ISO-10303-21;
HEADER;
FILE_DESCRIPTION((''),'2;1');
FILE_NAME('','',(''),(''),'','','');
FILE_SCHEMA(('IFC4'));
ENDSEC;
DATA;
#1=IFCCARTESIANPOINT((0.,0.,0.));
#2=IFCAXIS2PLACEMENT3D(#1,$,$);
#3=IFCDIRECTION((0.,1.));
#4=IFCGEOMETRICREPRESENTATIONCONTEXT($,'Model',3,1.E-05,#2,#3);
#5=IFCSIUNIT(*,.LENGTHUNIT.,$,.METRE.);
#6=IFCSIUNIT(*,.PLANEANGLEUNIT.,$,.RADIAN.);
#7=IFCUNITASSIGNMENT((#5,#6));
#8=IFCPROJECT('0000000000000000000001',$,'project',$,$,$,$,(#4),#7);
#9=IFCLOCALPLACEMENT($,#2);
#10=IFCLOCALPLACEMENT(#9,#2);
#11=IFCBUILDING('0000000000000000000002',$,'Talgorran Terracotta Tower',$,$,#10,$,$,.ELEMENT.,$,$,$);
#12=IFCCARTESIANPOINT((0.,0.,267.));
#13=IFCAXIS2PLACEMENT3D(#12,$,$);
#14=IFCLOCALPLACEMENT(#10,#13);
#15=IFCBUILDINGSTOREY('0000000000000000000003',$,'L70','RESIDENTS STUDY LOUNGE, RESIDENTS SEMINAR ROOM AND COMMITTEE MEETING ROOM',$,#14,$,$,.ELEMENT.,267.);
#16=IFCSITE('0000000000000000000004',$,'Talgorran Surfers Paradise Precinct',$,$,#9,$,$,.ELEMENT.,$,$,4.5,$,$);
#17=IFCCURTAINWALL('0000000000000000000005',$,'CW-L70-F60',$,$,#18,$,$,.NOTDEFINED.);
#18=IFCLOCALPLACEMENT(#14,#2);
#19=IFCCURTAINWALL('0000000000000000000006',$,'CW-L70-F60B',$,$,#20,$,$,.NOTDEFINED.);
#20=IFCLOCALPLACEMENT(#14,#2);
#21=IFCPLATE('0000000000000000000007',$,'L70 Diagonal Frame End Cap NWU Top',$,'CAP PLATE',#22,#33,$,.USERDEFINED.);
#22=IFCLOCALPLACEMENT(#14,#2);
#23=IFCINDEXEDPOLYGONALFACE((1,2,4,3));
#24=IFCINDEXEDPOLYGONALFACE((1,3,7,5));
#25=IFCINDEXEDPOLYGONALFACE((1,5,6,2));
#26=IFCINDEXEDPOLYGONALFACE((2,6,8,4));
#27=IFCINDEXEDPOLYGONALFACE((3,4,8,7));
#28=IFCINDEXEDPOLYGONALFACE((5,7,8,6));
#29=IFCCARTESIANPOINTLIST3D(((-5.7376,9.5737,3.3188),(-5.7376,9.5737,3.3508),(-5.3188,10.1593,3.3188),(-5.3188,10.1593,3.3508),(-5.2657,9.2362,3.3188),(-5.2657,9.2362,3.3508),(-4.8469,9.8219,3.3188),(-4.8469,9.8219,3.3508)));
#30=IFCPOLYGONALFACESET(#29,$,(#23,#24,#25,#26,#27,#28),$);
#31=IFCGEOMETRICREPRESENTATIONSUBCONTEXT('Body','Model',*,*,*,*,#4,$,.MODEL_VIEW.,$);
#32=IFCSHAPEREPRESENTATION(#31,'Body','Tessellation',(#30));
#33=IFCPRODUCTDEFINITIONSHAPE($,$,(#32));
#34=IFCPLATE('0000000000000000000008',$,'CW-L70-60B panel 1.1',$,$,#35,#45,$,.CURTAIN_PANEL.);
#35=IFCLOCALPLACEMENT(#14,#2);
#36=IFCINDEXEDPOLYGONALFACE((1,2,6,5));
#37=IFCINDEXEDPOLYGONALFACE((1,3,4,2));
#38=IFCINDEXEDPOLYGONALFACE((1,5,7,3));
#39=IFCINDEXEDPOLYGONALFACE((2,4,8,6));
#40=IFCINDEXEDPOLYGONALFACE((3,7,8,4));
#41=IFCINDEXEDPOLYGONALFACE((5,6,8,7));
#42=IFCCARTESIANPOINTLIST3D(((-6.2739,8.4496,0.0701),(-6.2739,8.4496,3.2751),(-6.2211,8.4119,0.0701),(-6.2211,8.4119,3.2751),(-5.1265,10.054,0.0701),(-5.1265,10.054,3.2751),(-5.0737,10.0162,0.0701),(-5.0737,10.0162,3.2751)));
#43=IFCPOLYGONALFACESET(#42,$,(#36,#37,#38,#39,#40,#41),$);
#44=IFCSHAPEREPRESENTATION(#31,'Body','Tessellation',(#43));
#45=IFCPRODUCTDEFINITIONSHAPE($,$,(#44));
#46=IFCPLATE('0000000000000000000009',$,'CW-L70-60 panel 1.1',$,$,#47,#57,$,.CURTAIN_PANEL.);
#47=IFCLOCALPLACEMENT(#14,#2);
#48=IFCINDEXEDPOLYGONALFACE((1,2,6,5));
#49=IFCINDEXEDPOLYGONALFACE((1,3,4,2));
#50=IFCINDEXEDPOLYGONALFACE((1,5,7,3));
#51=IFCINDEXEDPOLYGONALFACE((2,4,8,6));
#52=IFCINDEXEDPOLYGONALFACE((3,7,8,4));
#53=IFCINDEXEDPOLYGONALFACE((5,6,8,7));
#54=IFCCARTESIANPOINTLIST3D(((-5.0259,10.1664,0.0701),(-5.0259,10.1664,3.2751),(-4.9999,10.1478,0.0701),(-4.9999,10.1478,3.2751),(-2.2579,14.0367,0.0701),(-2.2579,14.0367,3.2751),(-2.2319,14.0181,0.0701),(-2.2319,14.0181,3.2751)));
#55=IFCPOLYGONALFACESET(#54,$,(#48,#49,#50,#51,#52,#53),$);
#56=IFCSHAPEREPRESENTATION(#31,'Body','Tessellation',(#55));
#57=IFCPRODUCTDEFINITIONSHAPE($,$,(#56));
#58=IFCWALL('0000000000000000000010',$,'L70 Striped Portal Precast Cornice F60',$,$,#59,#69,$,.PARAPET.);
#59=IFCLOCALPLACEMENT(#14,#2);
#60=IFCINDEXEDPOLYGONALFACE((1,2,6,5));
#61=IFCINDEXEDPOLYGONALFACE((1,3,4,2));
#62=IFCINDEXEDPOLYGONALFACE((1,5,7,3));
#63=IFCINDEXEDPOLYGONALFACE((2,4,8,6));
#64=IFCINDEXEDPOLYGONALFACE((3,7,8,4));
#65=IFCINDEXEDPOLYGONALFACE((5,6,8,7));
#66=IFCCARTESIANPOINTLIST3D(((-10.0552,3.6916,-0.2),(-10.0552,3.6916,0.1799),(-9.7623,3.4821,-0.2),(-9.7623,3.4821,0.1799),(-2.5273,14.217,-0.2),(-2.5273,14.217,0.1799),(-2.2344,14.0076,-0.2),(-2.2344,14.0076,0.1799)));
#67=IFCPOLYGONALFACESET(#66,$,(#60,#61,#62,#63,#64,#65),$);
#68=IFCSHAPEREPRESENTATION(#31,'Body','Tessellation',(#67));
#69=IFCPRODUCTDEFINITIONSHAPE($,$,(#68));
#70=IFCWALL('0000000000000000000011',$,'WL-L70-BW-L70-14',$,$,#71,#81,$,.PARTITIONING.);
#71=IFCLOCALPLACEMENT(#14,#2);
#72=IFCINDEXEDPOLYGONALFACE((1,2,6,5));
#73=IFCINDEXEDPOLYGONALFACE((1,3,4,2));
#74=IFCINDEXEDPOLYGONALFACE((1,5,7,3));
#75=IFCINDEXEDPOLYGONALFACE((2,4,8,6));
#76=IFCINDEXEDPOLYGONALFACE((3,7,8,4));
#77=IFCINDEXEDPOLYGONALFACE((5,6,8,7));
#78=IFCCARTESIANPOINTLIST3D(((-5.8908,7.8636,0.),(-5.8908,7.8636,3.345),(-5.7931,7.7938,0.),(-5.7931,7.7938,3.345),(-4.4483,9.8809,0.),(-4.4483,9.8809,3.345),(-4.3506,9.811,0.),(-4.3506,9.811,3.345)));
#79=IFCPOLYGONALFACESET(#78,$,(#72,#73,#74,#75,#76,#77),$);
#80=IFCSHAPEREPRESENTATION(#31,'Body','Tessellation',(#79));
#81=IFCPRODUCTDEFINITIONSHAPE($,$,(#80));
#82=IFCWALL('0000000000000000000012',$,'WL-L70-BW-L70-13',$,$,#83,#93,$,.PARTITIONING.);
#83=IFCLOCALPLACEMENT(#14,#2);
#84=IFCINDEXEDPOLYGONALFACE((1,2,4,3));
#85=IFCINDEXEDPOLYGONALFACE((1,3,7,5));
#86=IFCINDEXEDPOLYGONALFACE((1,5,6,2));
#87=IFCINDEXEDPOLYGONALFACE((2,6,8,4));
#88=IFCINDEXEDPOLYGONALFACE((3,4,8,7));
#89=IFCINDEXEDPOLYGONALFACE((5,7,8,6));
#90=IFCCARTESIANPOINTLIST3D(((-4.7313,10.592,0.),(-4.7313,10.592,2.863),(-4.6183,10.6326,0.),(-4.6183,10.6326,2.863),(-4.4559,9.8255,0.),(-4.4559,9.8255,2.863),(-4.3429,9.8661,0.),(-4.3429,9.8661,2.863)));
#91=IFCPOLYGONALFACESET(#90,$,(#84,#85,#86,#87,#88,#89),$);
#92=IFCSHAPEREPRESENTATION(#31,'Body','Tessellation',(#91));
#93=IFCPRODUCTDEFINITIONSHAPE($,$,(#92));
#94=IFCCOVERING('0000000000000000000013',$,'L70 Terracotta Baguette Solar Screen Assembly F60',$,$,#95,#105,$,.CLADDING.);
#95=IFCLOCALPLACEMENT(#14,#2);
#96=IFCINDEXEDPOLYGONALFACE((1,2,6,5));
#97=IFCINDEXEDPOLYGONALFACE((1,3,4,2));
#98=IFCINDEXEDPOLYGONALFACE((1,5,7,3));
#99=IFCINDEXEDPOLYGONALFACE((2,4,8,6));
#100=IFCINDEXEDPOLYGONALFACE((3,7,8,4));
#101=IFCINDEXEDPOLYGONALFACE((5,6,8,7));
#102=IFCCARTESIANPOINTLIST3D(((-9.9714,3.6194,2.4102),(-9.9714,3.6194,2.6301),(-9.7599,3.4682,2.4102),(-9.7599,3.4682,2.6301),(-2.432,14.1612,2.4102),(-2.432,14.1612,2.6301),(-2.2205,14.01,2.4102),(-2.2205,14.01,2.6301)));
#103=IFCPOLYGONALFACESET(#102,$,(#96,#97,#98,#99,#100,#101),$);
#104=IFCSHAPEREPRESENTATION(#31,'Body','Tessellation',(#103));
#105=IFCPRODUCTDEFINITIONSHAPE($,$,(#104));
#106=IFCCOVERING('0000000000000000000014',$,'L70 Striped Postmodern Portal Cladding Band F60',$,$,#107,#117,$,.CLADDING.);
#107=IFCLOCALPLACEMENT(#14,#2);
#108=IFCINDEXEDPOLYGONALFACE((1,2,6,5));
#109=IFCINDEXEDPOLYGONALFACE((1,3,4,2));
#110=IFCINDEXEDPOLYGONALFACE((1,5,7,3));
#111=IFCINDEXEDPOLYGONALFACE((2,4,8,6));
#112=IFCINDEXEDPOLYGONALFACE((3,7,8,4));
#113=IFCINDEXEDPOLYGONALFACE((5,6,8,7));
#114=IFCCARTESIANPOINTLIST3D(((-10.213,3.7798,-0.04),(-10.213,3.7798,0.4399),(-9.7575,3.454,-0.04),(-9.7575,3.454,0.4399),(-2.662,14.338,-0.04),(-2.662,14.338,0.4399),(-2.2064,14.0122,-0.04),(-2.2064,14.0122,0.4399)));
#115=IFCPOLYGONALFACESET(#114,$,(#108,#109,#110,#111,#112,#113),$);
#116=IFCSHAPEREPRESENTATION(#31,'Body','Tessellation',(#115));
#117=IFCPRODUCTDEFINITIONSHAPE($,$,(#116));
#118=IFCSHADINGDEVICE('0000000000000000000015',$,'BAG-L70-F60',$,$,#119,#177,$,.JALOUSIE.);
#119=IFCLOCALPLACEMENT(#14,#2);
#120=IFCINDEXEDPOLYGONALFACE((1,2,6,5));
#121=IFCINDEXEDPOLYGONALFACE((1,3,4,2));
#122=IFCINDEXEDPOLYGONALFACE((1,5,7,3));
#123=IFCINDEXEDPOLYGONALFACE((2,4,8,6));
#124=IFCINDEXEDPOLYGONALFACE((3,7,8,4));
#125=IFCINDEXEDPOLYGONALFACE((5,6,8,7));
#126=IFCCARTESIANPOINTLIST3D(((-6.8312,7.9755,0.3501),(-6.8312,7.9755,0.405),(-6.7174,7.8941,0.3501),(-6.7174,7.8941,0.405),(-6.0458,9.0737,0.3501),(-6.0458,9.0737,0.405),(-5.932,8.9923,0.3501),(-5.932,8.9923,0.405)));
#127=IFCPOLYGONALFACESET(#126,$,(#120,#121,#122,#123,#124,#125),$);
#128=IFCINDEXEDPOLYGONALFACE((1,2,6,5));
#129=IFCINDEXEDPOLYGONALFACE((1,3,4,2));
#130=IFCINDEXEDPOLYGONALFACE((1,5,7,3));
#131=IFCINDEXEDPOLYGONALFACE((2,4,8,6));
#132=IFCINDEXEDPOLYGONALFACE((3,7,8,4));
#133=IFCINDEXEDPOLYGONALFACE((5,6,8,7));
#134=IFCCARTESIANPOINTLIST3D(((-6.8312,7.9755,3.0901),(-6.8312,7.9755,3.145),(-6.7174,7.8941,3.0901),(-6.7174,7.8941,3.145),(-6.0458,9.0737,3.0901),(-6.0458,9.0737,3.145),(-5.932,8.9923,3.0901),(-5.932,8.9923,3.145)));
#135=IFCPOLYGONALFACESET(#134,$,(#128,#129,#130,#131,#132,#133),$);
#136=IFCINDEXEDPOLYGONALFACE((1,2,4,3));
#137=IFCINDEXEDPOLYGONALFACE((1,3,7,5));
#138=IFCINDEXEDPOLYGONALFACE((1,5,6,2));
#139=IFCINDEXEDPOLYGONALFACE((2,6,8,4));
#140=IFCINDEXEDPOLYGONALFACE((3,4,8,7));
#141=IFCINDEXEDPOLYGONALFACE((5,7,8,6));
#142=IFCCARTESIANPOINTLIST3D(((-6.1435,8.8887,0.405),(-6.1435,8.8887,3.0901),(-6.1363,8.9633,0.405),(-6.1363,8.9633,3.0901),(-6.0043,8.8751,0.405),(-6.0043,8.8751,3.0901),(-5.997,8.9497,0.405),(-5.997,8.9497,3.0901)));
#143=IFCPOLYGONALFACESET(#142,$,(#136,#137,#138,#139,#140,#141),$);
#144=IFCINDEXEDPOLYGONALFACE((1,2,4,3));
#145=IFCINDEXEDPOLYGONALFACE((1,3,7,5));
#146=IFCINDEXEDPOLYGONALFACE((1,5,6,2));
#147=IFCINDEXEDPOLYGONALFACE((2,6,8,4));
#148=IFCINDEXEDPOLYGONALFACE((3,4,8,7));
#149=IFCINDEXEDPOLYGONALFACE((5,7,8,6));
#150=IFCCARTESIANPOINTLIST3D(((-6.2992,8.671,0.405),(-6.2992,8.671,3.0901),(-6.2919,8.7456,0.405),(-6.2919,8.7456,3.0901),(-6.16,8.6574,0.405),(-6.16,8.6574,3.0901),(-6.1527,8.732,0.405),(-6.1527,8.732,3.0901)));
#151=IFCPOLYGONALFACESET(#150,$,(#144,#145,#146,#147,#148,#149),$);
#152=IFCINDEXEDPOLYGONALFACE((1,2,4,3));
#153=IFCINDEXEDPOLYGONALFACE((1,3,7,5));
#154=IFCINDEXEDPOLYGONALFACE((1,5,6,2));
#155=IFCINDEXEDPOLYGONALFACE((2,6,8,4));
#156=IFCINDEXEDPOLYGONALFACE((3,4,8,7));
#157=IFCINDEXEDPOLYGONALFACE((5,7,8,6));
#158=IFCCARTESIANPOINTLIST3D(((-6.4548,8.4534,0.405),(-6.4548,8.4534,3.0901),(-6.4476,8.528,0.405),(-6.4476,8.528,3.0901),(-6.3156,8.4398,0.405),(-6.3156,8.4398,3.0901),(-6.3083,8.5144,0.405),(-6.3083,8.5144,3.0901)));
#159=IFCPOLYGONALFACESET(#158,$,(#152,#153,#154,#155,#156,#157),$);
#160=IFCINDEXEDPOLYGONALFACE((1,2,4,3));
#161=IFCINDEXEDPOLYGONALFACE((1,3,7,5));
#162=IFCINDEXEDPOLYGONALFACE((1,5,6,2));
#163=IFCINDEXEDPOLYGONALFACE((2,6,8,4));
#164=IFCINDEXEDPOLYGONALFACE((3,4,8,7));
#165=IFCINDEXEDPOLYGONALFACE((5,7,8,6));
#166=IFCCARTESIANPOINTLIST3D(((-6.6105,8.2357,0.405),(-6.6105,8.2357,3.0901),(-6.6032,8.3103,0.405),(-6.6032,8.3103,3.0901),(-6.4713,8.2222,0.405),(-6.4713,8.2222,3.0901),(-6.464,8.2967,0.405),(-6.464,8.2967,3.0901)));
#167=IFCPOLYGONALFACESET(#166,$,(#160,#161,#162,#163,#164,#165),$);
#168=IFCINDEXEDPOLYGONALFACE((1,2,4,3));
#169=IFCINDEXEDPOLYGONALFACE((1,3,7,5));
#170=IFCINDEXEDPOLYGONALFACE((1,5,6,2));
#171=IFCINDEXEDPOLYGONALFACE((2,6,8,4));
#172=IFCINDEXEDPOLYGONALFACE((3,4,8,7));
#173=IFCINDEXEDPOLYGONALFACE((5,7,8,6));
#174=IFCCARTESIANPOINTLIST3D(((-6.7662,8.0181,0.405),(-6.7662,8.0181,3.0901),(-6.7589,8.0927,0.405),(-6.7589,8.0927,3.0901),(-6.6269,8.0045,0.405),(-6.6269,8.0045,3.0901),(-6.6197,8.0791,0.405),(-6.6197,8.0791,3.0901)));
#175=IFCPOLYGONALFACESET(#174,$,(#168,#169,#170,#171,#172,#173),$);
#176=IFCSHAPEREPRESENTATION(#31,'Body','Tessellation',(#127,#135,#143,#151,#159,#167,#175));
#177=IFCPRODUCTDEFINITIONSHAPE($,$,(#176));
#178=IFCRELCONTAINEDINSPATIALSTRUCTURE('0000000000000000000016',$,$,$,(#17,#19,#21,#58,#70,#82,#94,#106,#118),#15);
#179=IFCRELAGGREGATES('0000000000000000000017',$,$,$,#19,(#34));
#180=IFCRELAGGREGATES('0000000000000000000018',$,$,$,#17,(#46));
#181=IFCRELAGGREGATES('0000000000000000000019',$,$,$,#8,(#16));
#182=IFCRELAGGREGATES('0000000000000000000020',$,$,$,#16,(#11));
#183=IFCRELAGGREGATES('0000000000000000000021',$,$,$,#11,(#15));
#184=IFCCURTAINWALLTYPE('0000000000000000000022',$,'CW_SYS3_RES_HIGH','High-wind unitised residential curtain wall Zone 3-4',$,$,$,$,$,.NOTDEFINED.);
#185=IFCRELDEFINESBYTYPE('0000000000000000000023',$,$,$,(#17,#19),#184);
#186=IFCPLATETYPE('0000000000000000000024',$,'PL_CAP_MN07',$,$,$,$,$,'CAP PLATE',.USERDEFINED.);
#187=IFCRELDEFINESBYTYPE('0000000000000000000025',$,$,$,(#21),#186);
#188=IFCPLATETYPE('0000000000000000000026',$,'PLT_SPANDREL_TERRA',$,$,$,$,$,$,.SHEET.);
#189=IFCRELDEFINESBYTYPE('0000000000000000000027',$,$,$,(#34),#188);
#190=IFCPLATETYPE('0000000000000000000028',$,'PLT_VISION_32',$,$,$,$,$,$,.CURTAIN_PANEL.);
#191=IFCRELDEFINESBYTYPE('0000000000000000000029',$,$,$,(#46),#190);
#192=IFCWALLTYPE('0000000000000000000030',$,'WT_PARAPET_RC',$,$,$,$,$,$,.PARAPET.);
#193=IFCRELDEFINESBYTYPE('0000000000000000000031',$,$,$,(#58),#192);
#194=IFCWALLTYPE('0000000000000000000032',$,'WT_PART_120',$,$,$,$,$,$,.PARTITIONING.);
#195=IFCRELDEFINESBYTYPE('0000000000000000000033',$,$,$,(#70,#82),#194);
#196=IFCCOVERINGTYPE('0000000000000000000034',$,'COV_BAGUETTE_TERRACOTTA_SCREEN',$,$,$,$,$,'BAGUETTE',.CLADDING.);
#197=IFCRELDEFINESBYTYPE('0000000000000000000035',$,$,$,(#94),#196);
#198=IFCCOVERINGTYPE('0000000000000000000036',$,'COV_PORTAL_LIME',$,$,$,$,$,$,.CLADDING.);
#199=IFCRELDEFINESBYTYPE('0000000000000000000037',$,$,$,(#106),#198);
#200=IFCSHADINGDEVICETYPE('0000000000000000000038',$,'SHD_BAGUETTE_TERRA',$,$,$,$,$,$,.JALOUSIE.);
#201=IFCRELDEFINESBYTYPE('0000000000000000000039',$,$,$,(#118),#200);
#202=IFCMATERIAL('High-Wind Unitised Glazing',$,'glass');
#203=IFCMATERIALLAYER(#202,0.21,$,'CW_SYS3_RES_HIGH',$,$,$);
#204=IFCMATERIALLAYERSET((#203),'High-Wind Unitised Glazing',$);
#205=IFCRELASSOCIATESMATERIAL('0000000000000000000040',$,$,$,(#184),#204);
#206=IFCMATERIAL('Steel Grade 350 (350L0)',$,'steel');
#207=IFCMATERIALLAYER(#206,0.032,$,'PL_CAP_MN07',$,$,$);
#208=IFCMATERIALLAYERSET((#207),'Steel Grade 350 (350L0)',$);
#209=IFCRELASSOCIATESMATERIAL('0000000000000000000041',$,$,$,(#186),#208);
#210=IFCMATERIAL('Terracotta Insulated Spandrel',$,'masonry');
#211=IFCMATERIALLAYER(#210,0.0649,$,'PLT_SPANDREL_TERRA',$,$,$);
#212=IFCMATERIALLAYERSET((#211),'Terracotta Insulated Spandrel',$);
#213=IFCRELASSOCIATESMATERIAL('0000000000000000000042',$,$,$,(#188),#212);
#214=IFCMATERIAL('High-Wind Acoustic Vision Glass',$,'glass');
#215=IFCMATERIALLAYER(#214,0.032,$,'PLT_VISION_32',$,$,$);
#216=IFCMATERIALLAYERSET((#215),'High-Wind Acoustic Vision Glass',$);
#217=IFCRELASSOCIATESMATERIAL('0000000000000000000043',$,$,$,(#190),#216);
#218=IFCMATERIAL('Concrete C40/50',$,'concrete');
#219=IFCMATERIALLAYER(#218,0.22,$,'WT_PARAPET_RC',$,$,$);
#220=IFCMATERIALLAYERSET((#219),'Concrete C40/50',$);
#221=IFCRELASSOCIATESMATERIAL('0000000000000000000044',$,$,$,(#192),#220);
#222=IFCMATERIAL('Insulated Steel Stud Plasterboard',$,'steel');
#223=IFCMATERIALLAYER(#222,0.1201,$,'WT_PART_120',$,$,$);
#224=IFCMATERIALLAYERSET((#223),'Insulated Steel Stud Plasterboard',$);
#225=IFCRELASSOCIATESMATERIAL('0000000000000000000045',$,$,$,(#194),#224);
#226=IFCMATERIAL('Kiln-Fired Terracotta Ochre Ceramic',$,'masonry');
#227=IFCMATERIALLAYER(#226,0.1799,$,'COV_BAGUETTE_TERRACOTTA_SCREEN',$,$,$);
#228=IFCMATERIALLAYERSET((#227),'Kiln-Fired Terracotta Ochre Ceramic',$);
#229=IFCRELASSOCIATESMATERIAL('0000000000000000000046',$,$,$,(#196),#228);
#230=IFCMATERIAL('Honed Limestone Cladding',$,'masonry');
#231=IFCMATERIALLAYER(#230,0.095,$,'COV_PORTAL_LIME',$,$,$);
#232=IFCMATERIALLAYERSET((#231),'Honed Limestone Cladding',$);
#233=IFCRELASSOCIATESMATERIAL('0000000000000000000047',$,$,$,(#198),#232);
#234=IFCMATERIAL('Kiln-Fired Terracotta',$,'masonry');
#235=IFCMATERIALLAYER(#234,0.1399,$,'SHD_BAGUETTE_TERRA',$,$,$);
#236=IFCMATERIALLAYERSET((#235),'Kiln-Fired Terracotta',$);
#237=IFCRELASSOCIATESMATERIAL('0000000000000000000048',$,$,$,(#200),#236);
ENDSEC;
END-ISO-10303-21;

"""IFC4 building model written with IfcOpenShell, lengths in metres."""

from ifc_helpers import new_model, si_unit, direction, frame, frame_2d, origin, origin_2d, place, context, subcontext, project, spatial, rectangle, extrude, source, transform, mapped, material, layer, layer_set, type_object, type_shapes, element, aggregate, save


model = new_model("IFC4")

# Units and contexts
model_context = context("Model", 3, precision=1e-05, world=origin(), true_north=direction((0.0, 1.0)))
body_context = subcontext(model_context, "Body", "Model", "MODEL_VIEW")
ifc_project = project(units=[si_unit("LENGTHUNIT", "METRE"), si_unit("PLANEANGLEUNIT", "RADIAN")], contexts=[model_context])

# Site, building, storey
site_placement = place(None, origin())
site = spatial("IfcSite", under=ifc_project, at=site_placement, Name="Talgorran Surfers Paradise Precinct", CompositionType="ELEMENT", RefElevation=4.5)
building_placement = place(site_placement, origin())
building = spatial("IfcBuilding", under=site, at=building_placement, Name="Talgorran Terracotta Tower", CompositionType="ELEMENT")
storey_placement = place(building_placement, frame((0.0, 0.0, 267.0)))
storey = spatial("IfcBuildingStorey", under=building, at=storey_placement, Name="L70", Description="RESIDENTS STUDY LOUNGE, RESIDENTS SEMINAR ROOM AND COMMITTEE MEETING ROOM", CompositionType="ELEMENT", Elevation=267.0)

# Shared definitions
ifc_material_1 = material(Name="Steel Grade 350 (350L0)", Category="steel")

# Shared definitions
ifc_material_2 = material(Name="High-Wind Unitised Glazing", Category="glass")
ifc_layer_1 = layer(ifc_material_2, 0.21, Name="CW_SYS3_RES_HIGH")
ifc_layer_set_1 = layer_set([ifc_layer_1], Name="High-Wind Unitised Glazing")
curtain_wall_type = type_object("IfcCurtainWallType", Name="CW_SYS3_RES_HIGH", Description="High-wind unitised residential curtain wall Zone 3-4", PredefinedType="NOTDEFINED", material=ifc_layer_set_1)

# Curtain wall
curtain_wall_1_placement = place(storey_placement, origin())
curtain_wall_1 = element("IfcCurtainWall", 1, at=curtain_wall_1_placement, inside=storey, type_object=curtain_wall_type, Name="CW-L70-F60", PredefinedType="NOTDEFINED")

# Curtain wall
curtain_wall_2_placement = place(storey_placement, origin())
curtain_wall_2 = element("IfcCurtainWall", 2, at=curtain_wall_2_placement, inside=storey, type_object=curtain_wall_type, Name="CW-L70-F60B", PredefinedType="NOTDEFINED")

# Plate
ifc_layer_2 = layer(ifc_material_1, 0.032, Name="PL_CAP_MN07")
ifc_layer_set_2 = layer_set([ifc_layer_2], Name="Steel Grade 350 (350L0)")
plate_type_1 = type_object("IfcPlateType", Name="PL_CAP_MN07", ElementType="CAP PLATE", PredefinedType="USERDEFINED", material=ifc_layer_set_2)
for number, where, z_axis, x_axis, name in (
    (3, (-5.2922, 9.6978, 3.3188), (0.0, 0.0, 1.0), (0.581697, 0.813405, 0.0), "L70 Diagonal Frame End Cap NWU Top"),
):
    element("IfcPlate", number, at=place(storey_placement, frame(where, z_axis=z_axis, x_axis=x_axis)), inside=storey, type_object=plate_type_1, Name=name, ObjectType="CAP PLATE", PredefinedType="USERDEFINED", context=body_context, shape_type="SweptSolid", body=[
        extrude(rectangle(XDim=0.72, YDim=0.5801, at=origin_2d()), origin(), (0.0, 0.0, 1.0), 0.032),
    ])

# Plates
ifc_material_3 = material(Name="Terracotta Insulated Spandrel", Category="masonry")
ifc_layer_3 = layer(ifc_material_3, 0.0649, Name="PLT_SPANDREL_TERRA")
ifc_layer_set_3 = layer_set([ifc_layer_3], Name="Terracotta Insulated Spandrel")
plate_type_2 = type_object("IfcPlateType", Name="PLT_SPANDREL_TERRA", PredefinedType="SHEET", material=ifc_layer_set_3)
shared_shape_1 = source(origin(), body_context, "Body", "SweptSolid", [
    extrude(rectangle(XDim=1.9724, YDim=0.0649, at=origin_2d()), origin(), (0.0, 0.0, 1.0), 3.2051),
])
type_shapes(plate_type_2, [shared_shape_1])
plate_1_placement = place(storey_placement, frame((-5.6738, 9.2329, 0.0701), z_axis=(0.0, 0.0, 1.0), x_axis=(-0.581735, -0.813378, 0.0)))
plate_1 = element("IfcPlate", 4, at=plate_1_placement, type_object=plate_type_2, Name="CW-L70-60B panel 1.1", PredefinedType="CURTAIN_PANEL", context=body_context, shape_type="MappedRepresentation", body=[
    mapped(shared_shape_1, transform((0.0, 0.0, 0.0), scale=1.0)),
])
aggregate(curtain_wall_2, [plate_1])
ifc_material_4 = material(Name="High-Wind Acoustic Vision Glass", Category="glass")
ifc_layer_4 = layer(ifc_material_4, 0.032, Name="PLT_VISION_32")
ifc_layer_set_4 = layer_set([ifc_layer_4], Name="High-Wind Acoustic Vision Glass")
plate_type_3 = type_object("IfcPlateType", Name="PLT_VISION_32", PredefinedType="CURTAIN_PANEL", material=ifc_layer_set_4)
shared_shape_2 = source(origin(), body_context, "Body", "SweptSolid", [
    extrude(rectangle(XDim=4.7583, YDim=0.032, at=origin_2d()), origin(), (0.0, 0.0, 1.0), 3.2051),
])
type_shapes(plate_type_3, [shared_shape_2])
plate_2_placement = place(storey_placement, frame((-3.6289, 12.0923, 0.0701), z_axis=(0.0, 0.0, 1.0), x_axis=(-0.581731, -0.813382, 0.0)))
plate_2 = element("IfcPlate", 5, at=plate_2_placement, type_object=plate_type_3, Name="CW-L70-60 panel 1.1", PredefinedType="CURTAIN_PANEL", context=body_context, shape_type="MappedRepresentation", body=[
    mapped(shared_shape_2, transform((0.0, 0.0, 0.0), scale=1.0)),
])
aggregate(curtain_wall_1, [plate_2])

# Walls
ifc_material_5 = material(Name="Concrete C40/50", Category="concrete")
ifc_layer_5 = layer(ifc_material_5, 0.22, Name="WT_PARAPET_RC")
ifc_layer_set_5 = layer_set([ifc_layer_5], Name="Concrete C40/50")
wall_type_1 = type_object("IfcWallType", Name="WT_PARAPET_RC", PredefinedType="PARAPET", material=ifc_layer_set_5)
wall_1_placement = place(storey_placement, frame((-2.3809, 14.1123, -0.2), z_axis=(0.0, 0.0, 1.0), x_axis=(-0.581734, -0.813379, 0.0)))
element("IfcWall", 6, at=wall_1_placement, inside=storey, type_object=wall_type_1, Name="L70 Striped Portal Precast Cornice F60", PredefinedType="PARAPET", context=body_context, shape_type="SweptSolid", body=[
    extrude(rectangle(XDim=12.9404, YDim=0.3601, at=frame_2d((6.4702, 0.0))), origin(), (0.0, 0.0, 1.0), 0.3799),
])
ifc_material_6 = material(Name="Insulated Steel Stud Plasterboard", Category="steel")
ifc_layer_6 = layer(ifc_material_6, 0.1201, Name="WT_PART_120")
ifc_layer_set_6 = layer_set([ifc_layer_6], Name="Insulated Steel Stud Plasterboard")
wall_type_2 = type_object("IfcWallType", Name="WT_PART_120", PredefinedType="PARTITIONING", material=ifc_layer_set_6)
wall_2_placement = place(storey_placement, frame((-4.3994, 9.8459, 0.0), z_axis=(0.0, 0.0, 1.0), x_axis=(-0.581685, -0.813414, 0.0)))
element("IfcWall", 7, at=wall_2_placement, inside=storey, type_object=wall_type_2, Name="WL-L70-BW-L70-14", PredefinedType="PARTITIONING", context=body_context, shape_type="SweptSolid", body=[
    extrude(rectangle(XDim=2.48, YDim=0.1201, at=frame_2d((1.24, 0.0))), origin(), (0.0, 0.0, 1.0), 3.345),
])
wall_3_placement = place(storey_placement, frame((-4.6748, 10.6123, 0.0), z_axis=(0.0, 0.0, 1.0), x_axis=(0.338178, -0.941082, 0.0)))
element("IfcWall", 8, at=wall_3_placement, inside=storey, type_object=wall_type_2, Name="WL-L70-BW-L70-13", PredefinedType="PARTITIONING", context=body_context, shape_type="SweptSolid", body=[
    extrude(rectangle(XDim=0.8145, YDim=0.1201, at=frame_2d((0.4072, 0.0))), origin(), (0.0, 0.0, 1.0), 2.863),
])

# Coverings
ifc_material_7 = material(Name="Kiln-Fired Terracotta Ochre Ceramic", Category="masonry")
ifc_layer_7 = layer(ifc_material_7, 0.1799, Name="COV_BAGUETTE_TERRACOTTA_SCREEN")
ifc_layer_set_7 = layer_set([ifc_layer_7], Name="Kiln-Fired Terracotta Ochre Ceramic")
covering_type_1 = type_object("IfcCoveringType", Name="COV_BAGUETTE_TERRACOTTA_SCREEN", ElementType="BAGUETTE", PredefinedType="CLADDING", material=ifc_layer_set_7)
covering_1_placement = place(storey_placement, frame((-6.0959, 8.8147, 2.4102), z_axis=(0.0, 0.0, 1.0), x_axis=(-0.581726, -0.813385, 0.0)))
element("IfcCovering", 9, at=covering_1_placement, inside=storey, type_object=covering_type_1, Name="L70 Terracotta Baguette Solar Screen Assembly F60", PredefinedType="CLADDING", context=body_context, shape_type="SweptSolid", body=[
    extrude(rectangle(XDim=12.9604, YDim=0.26, at=origin_2d()), origin(), (0.0, 0.0, 1.0), 0.22),
])
ifc_material_8 = material(Name="Honed Limestone Cladding", Category="masonry")
ifc_layer_8 = layer(ifc_material_8, 0.095, Name="COV_PORTAL_LIME")
ifc_layer_set_8 = layer_set([ifc_layer_8], Name="Honed Limestone Cladding")
covering_type_2 = type_object("IfcCoveringType", Name="COV_PORTAL_LIME", PredefinedType="CLADDING", material=ifc_layer_set_8)
covering_2_placement = place(storey_placement, frame((-6.2097, 8.896, -0.04), z_axis=(0.0, 0.0, 1.0), x_axis=(-0.581726, -0.813385, 0.0)))
element("IfcCovering", 10, at=covering_2_placement, inside=storey, type_object=covering_type_2, Name="L70 Striped Postmodern Portal Cladding Band F60", PredefinedType="CLADDING", context=body_context, shape_type="SweptSolid", body=[
    extrude(rectangle(XDim=12.9805, YDim=0.5601, at=origin_2d()), origin(), (0.0, 0.0, 1.0), 0.48),
])

# Shading device
ifc_material_9 = material(Name="Kiln-Fired Terracotta", Category="masonry")
ifc_layer_9 = layer(ifc_material_9, 0.1399, Name="SHD_BAGUETTE_TERRA")
ifc_layer_set_9 = layer_set([ifc_layer_9], Name="Kiln-Fired Terracotta")
shading_device_type = type_object("IfcShadingDeviceType", Name="SHD_BAGUETTE_TERRA", PredefinedType="JALOUSIE", material=ifc_layer_set_9)
shared_shape_3 = source(origin(), body_context, "Body", "SweptSolid", [
    extrude(rectangle(XDim=1.3501, YDim=0.1399, at=origin_2d()), origin(), (0.0, 0.0, 1.0), 0.0549),
    extrude(rectangle(XDim=1.3501, YDim=0.1399, at=origin_2d()), frame((0.0, 0.0, 2.74)), (0.0, 0.0, 1.0), 0.0549),
    extrude(rectangle(XDim=0.075, YDim=0.1399, at=origin_2d()), frame((-0.5352, 0.0, 0.0549), z_axis=(0.0, 0.0, 1.0), x_axis=(0.866025, 0.5, 0.0)), (0.0, 0.0, 1.0), 2.6851),
    extrude(rectangle(XDim=0.075, YDim=0.1399, at=origin_2d()), frame((-0.2676, 0.0, 0.0549), z_axis=(0.0, 0.0, 1.0), x_axis=(0.866025, 0.5, 0.0)), (0.0, 0.0, 1.0), 2.6851),
    extrude(rectangle(XDim=0.075, YDim=0.1399, at=origin_2d()), frame((0.0, 0.0, 0.0549), z_axis=(0.0, 0.0, 1.0), x_axis=(0.866025, 0.5, 0.0)), (0.0, 0.0, 1.0), 2.6851),
    extrude(rectangle(XDim=0.075, YDim=0.1399, at=origin_2d()), frame((0.2676, 0.0, 0.0549), z_axis=(0.0, 0.0, 1.0), x_axis=(0.866025, 0.5, 0.0)), (0.0, 0.0, 1.0), 2.6851),
    extrude(rectangle(XDim=0.075, YDim=0.1399, at=origin_2d()), frame((0.5352, 0.0, 0.0549), z_axis=(0.0, 0.0, 1.0), x_axis=(0.866025, 0.5, 0.0)), (0.0, 0.0, 1.0), 2.6851),
])
type_shapes(shading_device_type, [shared_shape_3])
shading_device_placement = place(storey_placement, frame((-6.3816, 8.4839, 0.3501), z_axis=(0.0, 0.0, 1.0), x_axis=(-0.581726, -0.813385, 0.0)))
element("IfcShadingDevice", 11, at=shading_device_placement, inside=storey, type_object=shading_device_type, Name="BAG-L70-F60", PredefinedType="JALOUSIE", context=body_context, shape_type="MappedRepresentation", body=[
    mapped(shared_shape_3, transform((0.0, 0.0, 0.0), scale=1.0)),
])

save(model, "model.ifc")
